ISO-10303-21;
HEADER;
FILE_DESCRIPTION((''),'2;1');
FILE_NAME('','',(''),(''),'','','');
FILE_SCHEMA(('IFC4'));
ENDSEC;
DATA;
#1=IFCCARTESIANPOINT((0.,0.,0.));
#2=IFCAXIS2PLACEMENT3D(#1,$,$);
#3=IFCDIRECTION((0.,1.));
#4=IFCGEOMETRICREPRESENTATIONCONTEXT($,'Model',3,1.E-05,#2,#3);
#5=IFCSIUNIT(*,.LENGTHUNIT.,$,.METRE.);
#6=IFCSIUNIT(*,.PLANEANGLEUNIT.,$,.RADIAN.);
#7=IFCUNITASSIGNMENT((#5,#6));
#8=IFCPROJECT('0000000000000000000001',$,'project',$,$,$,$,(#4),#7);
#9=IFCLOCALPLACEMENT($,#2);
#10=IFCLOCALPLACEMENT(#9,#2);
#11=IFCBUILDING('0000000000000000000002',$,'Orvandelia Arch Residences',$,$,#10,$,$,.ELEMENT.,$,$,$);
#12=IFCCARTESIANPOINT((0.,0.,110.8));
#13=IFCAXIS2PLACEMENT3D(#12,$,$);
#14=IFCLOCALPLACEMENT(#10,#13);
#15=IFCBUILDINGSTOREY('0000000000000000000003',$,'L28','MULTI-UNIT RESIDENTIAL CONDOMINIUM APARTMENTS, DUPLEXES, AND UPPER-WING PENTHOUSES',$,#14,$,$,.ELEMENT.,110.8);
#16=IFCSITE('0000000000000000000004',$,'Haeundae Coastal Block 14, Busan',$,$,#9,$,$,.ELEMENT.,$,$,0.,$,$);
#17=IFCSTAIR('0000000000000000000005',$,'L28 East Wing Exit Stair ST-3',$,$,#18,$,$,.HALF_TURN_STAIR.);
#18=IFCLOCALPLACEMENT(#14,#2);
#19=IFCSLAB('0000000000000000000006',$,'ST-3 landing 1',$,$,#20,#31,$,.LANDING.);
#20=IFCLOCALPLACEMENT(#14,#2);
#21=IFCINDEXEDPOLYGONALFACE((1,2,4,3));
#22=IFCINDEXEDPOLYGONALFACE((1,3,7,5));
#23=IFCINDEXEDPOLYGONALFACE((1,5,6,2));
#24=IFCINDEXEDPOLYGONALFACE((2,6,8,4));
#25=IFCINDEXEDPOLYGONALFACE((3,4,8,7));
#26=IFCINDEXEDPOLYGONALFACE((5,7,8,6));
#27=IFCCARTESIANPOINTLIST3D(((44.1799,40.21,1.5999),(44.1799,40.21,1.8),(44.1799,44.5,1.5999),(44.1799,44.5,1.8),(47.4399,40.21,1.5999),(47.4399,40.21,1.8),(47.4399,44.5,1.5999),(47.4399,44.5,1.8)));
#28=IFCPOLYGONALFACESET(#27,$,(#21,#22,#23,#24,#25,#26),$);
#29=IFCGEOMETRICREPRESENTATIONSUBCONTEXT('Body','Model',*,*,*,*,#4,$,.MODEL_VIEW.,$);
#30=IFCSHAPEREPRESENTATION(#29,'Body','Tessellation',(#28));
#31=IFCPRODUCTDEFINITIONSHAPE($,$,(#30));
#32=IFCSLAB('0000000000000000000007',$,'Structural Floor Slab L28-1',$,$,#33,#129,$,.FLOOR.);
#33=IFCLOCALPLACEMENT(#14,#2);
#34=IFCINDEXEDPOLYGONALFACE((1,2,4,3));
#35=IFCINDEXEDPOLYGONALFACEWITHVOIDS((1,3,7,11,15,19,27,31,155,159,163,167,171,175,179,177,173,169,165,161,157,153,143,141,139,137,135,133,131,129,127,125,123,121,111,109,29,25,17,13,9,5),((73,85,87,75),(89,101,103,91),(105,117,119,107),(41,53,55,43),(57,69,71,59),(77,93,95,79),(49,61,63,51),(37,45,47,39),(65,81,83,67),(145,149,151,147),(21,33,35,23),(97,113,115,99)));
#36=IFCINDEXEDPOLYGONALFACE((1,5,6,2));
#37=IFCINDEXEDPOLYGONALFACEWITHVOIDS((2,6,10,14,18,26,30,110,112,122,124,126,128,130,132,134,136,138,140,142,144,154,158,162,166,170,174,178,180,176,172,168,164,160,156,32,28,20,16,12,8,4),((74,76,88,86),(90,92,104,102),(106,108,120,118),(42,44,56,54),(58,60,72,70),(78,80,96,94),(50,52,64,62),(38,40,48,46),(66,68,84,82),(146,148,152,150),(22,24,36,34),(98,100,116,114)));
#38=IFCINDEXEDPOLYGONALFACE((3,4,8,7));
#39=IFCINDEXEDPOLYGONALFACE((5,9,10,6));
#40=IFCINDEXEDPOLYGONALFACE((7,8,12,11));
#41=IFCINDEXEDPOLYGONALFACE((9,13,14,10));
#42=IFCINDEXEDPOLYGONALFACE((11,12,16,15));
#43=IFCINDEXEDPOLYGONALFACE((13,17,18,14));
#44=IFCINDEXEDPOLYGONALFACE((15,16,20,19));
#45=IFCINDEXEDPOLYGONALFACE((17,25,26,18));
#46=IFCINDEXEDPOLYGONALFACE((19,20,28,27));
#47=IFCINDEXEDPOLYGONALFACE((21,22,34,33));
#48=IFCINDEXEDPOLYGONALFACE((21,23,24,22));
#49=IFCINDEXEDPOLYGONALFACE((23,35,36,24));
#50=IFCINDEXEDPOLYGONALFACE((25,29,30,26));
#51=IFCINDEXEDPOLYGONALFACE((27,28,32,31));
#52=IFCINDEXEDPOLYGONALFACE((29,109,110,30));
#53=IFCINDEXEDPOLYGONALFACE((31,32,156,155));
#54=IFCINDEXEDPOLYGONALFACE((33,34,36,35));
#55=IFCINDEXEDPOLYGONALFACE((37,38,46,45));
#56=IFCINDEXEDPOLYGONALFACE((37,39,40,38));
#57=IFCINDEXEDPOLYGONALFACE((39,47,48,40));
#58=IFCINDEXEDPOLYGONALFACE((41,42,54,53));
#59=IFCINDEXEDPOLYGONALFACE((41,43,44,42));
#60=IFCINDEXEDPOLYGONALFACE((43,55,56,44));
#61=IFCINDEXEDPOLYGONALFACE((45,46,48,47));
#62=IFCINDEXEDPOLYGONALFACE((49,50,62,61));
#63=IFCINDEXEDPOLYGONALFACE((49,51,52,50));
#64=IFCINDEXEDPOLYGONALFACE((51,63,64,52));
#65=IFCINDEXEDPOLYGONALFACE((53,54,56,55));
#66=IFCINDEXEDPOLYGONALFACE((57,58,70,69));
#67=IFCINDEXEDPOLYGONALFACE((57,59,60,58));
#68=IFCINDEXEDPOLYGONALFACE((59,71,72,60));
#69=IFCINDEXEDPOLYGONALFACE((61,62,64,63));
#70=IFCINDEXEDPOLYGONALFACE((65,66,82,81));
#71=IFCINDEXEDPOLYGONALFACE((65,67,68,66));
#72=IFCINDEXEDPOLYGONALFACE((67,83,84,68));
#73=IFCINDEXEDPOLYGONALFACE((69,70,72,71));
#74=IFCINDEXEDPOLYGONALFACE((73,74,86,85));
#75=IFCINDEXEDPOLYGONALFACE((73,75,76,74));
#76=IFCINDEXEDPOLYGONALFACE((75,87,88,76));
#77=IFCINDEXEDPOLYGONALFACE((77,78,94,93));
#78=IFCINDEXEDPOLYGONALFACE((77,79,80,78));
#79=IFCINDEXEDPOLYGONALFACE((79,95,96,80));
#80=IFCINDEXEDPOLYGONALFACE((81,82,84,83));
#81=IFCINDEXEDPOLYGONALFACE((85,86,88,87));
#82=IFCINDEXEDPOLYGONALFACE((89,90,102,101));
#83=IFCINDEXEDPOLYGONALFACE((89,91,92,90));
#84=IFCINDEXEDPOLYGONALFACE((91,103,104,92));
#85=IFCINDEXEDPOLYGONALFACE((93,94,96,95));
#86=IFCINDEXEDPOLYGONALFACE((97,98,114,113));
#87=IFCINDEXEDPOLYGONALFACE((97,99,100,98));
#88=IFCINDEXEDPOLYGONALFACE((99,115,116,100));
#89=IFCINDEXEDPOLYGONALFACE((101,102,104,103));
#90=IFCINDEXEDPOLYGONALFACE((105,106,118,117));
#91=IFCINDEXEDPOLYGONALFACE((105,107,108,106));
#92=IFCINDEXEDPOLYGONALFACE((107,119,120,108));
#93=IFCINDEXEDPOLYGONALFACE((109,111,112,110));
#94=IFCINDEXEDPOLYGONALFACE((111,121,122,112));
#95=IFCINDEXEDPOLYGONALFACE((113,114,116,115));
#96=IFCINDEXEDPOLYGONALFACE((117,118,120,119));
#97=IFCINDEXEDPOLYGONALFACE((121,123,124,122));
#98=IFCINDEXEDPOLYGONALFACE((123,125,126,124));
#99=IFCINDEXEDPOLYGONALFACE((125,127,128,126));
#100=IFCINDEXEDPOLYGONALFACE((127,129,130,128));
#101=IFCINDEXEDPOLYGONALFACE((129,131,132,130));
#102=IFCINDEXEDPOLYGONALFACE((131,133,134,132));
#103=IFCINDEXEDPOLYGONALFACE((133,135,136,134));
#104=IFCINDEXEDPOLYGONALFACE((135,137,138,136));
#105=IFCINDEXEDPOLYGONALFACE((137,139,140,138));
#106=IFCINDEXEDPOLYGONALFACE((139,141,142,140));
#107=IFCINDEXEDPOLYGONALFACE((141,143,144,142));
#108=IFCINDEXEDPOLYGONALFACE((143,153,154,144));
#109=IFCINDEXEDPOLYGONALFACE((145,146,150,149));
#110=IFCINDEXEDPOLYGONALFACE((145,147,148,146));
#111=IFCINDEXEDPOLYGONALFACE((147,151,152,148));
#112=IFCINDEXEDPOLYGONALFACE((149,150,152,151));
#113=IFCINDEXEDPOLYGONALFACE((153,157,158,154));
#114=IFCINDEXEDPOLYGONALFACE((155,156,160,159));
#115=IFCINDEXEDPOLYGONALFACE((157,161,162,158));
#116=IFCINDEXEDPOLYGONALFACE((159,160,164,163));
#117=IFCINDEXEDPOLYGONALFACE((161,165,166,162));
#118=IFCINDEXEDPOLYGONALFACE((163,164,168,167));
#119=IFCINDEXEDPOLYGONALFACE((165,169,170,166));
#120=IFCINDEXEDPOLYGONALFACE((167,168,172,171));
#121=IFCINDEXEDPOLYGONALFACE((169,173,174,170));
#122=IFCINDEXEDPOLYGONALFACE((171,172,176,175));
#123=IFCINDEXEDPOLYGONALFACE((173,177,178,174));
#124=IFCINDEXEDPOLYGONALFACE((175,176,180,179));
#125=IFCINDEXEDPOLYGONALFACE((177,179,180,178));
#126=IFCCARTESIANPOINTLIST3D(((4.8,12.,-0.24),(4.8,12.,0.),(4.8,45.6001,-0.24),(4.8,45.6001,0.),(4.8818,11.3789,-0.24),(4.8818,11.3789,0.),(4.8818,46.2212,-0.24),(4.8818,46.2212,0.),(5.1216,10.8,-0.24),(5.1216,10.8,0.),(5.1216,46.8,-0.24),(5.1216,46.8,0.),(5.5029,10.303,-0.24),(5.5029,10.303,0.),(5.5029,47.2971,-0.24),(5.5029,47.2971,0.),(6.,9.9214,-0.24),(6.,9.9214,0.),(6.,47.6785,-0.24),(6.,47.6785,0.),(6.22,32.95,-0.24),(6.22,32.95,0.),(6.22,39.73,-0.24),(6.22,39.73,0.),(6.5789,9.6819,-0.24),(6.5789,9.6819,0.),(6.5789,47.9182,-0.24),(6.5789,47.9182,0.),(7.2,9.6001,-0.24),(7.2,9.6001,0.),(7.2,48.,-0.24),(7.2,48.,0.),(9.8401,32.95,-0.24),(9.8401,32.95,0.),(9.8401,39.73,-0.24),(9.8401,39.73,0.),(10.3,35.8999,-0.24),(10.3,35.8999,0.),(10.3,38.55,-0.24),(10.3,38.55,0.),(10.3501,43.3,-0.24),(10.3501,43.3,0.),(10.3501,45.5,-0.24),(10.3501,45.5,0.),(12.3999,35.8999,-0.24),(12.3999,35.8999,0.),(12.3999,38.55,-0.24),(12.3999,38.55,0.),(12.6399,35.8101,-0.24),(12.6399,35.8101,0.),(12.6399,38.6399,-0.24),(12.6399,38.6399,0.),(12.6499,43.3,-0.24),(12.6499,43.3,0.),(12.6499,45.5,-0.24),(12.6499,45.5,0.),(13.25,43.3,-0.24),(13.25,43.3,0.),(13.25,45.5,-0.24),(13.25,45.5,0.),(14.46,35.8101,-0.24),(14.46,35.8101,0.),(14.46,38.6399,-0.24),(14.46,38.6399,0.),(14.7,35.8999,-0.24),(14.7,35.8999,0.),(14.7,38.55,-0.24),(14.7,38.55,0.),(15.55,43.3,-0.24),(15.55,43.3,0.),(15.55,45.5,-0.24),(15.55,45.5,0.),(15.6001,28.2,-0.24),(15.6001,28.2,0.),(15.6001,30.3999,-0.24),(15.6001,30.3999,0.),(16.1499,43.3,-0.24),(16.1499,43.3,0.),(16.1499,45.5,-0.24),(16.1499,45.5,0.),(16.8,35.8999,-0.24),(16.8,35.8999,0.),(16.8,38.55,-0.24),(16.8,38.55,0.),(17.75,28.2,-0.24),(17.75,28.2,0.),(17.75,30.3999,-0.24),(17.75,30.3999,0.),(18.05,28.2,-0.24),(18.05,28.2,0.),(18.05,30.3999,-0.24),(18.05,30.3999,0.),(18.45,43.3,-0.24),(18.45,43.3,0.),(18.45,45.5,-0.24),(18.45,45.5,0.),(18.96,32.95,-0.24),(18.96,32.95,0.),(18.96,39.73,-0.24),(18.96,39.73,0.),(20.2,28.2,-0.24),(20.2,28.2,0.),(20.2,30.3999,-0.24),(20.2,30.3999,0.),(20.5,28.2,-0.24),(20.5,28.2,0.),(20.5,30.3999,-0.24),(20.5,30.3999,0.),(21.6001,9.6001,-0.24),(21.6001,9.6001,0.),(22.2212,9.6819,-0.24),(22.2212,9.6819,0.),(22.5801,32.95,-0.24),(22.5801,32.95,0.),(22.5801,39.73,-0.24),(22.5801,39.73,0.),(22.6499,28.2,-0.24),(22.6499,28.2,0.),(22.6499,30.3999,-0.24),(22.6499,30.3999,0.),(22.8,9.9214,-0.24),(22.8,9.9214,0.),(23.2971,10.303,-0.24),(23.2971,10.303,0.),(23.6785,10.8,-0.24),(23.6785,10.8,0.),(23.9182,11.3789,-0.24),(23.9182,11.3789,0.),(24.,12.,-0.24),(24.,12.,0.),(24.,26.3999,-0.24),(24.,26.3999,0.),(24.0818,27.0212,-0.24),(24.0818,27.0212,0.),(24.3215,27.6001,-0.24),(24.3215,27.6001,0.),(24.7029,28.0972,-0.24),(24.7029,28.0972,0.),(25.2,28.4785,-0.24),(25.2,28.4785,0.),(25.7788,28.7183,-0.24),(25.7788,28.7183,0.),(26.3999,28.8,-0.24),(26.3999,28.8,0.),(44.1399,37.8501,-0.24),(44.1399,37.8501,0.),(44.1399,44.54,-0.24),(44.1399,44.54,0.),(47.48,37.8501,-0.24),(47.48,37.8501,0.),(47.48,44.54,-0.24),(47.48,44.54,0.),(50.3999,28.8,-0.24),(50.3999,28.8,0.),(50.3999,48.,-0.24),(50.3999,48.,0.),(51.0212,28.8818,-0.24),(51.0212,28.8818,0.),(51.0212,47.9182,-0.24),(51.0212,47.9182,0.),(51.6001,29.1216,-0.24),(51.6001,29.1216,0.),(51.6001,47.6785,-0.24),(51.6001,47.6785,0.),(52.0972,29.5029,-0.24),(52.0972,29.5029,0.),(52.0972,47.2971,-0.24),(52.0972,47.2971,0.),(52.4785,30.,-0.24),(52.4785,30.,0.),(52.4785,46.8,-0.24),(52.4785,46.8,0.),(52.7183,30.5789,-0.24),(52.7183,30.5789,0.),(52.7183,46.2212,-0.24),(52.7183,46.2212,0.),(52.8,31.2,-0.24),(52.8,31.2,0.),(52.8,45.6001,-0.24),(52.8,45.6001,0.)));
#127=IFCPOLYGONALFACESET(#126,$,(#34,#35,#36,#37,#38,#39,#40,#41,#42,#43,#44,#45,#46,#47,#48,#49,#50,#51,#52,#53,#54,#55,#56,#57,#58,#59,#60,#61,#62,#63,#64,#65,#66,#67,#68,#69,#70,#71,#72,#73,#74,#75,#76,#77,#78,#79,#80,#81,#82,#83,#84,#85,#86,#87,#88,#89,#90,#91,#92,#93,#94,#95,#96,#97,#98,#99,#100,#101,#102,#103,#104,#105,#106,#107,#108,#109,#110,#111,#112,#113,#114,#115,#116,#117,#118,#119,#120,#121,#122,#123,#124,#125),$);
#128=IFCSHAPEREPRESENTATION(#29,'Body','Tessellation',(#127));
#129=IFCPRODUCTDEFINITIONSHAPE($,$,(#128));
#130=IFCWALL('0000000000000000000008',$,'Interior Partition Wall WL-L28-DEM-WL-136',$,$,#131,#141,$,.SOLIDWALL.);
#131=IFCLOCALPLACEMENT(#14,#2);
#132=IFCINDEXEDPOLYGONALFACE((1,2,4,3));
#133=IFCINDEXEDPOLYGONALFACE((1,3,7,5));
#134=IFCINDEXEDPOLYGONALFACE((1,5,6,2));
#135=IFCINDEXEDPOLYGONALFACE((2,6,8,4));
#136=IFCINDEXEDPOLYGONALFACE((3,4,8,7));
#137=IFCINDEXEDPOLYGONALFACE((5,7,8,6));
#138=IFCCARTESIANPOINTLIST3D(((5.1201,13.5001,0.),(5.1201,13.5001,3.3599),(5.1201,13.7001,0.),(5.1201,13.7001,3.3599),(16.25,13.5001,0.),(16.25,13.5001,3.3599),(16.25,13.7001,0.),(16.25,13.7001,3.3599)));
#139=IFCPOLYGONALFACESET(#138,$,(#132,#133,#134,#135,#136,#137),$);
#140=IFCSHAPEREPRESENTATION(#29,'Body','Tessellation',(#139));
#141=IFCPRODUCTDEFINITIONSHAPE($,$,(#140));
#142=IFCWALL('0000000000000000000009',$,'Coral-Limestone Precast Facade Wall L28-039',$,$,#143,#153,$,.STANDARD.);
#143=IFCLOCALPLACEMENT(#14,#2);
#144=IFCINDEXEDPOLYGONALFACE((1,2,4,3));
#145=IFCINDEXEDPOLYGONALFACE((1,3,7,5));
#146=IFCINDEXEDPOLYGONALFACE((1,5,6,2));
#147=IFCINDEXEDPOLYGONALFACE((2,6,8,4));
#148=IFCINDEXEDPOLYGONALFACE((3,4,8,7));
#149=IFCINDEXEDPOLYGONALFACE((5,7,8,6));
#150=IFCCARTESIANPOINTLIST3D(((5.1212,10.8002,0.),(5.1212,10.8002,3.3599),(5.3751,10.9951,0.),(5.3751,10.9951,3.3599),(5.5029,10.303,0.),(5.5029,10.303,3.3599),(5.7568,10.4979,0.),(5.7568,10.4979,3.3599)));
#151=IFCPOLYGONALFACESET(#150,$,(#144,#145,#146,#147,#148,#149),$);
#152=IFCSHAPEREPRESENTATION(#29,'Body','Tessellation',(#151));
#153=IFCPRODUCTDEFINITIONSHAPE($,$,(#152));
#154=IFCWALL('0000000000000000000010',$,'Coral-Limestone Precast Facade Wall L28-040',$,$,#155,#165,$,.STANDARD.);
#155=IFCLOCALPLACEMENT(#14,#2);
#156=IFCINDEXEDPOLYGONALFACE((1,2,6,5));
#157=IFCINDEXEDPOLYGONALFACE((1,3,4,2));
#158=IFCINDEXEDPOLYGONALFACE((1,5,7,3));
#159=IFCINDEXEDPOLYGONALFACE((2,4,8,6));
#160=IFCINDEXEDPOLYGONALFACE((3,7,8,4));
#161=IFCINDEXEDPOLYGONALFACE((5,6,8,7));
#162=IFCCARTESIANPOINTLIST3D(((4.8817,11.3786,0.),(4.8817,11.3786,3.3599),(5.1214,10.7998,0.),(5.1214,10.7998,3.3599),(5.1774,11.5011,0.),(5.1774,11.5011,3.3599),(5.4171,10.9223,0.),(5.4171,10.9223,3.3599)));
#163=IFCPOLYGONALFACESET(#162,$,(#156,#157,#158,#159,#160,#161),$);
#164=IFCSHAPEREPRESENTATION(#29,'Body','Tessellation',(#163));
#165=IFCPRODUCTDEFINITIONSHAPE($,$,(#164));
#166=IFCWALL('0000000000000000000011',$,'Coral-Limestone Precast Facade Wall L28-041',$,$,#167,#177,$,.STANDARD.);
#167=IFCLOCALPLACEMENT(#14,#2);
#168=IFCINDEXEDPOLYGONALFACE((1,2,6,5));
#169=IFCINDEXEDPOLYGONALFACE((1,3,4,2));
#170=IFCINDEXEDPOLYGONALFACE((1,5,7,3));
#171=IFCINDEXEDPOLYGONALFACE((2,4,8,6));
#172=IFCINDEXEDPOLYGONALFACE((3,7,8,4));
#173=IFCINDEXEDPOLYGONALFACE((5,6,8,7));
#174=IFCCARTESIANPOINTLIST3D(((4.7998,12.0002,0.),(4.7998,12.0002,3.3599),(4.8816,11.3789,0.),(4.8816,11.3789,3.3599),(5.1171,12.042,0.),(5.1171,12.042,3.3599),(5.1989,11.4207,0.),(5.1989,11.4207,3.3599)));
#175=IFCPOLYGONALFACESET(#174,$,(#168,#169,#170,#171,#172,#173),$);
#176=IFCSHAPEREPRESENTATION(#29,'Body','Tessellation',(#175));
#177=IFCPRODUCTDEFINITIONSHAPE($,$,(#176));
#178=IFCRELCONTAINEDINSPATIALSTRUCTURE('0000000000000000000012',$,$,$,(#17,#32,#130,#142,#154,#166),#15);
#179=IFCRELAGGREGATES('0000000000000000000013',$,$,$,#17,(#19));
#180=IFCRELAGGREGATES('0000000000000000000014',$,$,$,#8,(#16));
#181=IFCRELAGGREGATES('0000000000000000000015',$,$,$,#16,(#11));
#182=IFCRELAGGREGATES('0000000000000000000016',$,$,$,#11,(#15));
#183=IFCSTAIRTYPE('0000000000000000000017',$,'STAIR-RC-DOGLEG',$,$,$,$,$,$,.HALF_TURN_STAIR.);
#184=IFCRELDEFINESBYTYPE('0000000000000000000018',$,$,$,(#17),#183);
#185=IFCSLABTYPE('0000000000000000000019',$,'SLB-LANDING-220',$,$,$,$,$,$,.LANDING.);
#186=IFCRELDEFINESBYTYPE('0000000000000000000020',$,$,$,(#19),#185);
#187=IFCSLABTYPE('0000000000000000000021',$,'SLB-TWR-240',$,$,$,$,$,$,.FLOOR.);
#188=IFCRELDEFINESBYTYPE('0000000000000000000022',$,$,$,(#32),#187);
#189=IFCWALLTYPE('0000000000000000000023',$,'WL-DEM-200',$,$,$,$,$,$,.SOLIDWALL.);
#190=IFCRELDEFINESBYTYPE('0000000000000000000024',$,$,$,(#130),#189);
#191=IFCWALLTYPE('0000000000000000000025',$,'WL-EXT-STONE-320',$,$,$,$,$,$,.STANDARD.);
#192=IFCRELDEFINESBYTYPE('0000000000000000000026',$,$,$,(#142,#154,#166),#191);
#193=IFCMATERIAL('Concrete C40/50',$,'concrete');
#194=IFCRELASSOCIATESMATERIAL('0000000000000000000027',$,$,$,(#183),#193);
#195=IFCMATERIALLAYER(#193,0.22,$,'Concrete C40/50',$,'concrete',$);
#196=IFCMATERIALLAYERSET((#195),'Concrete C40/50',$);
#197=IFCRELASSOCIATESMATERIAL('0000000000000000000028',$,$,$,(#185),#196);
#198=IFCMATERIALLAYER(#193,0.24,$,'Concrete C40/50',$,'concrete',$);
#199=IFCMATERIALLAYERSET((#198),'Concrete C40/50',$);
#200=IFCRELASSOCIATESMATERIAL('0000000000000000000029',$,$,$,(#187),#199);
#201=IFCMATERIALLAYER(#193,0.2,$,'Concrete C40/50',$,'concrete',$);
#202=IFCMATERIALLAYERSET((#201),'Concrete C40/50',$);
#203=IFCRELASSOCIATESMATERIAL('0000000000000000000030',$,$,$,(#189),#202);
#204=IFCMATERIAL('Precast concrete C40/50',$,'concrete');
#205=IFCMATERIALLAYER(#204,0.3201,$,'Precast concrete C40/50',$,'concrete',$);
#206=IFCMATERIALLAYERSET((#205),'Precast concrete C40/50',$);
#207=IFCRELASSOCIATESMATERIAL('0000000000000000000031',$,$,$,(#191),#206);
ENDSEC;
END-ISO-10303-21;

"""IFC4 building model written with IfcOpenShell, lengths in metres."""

from ifc_helpers import new_model, si_unit, direction, frame, frame_2d, origin, place, context, subcontext, project, spatial, polyline, rectangle, outline, extrude, material, layer, layer_set, type_object, element, aggregate, save


model = new_model("IFC4")

# Units and contexts
model_context = context("Model", 3, precision=1e-05, world=origin(), true_north=direction((0.0, 1.0)))
body_context = subcontext(model_context, "Body", "Model", "MODEL_VIEW")
ifc_project = project(units=[si_unit("LENGTHUNIT", "METRE"), si_unit("PLANEANGLEUNIT", "RADIAN")], contexts=[model_context])

# Site, building, storey
site_placement = place(None, origin())
site = spatial("IfcSite", under=ifc_project, at=site_placement, Name="Haeundae Coastal Block 14, Busan", CompositionType="ELEMENT", RefElevation=0.0)
building_placement = place(site_placement, origin())
building = spatial("IfcBuilding", under=site, at=building_placement, Name="Orvandelia Arch Residences", CompositionType="ELEMENT")
storey_placement = place(building_placement, frame((0.0, 0.0, 110.8)))
storey = spatial("IfcBuildingStorey", under=building, at=storey_placement, Name="L28", Description="MULTI-UNIT RESIDENTIAL CONDOMINIUM APARTMENTS, DUPLEXES, AND UPPER-WING PENTHOUSES", CompositionType="ELEMENT", Elevation=110.8)

# Shared definitions
ifc_material_1 = material(Name="Precast concrete C40/50", Category="concrete")

# Stair, slab
ifc_material_2 = material(Name="Concrete C40/50", Category="concrete")
stair_type = type_object("IfcStairType", Name="STAIR-RC-DOGLEG", PredefinedType="HALF_TURN_STAIR", material=ifc_material_2)
ifc_layer_1 = layer(ifc_material_2, 0.22, Name="Concrete C40/50", Category="concrete")
ifc_layer_set_1 = layer_set([ifc_layer_1], Name="Concrete C40/50")
slab_type_1 = type_object("IfcSlabType", Name="SLB-LANDING-220", PredefinedType="LANDING", material=ifc_layer_set_1)
stair_1_placement = place(storey_placement, origin())
stair_1 = element("IfcStair", 1, at=stair_1_placement, inside=storey, type_object=stair_type, Name="L28 East Wing Exit Stair ST-3", PredefinedType="HALF_TURN_STAIR")
slab_1_placement = place(storey_placement, frame((0.0, 0.0, 1.5999)))
slab_1 = element("IfcSlab", 2, at=slab_1_placement, type_object=slab_type_1, Name="ST-3 landing 1", PredefinedType="LANDING", context=body_context, shape_type="SweptSolid", body=[
    extrude(outline(polyline([(47.4399, 40.21), (47.4399, 44.5), (44.1799, 44.5), (44.1799, 40.21), (47.4399, 40.21)])), origin(), (0.0, 0.0, 1.0), 0.2002),
])
aggregate(stair_1, [slab_1])

# Slab
ifc_layer_2 = layer(ifc_material_2, 0.24, Name="Concrete C40/50", Category="concrete")
ifc_layer_set_2 = layer_set([ifc_layer_2], Name="Concrete C40/50")
slab_type_2 = type_object("IfcSlabType", Name="SLB-TWR-240", PredefinedType="FLOOR", material=ifc_layer_set_2)
slab_2_placement = place(storey_placement, frame((0.0, 0.0, -0.24)))
element("IfcSlab", 3, at=slab_2_placement, inside=storey, type_object=slab_type_2, Name="Structural Floor Slab L28-1", PredefinedType="FLOOR", context=body_context, shape_type="SweptSolid", body=[
    extrude(outline(polyline([(4.8, 12.0), (4.8818, 11.3789), (5.1216, 10.8), (5.5029, 10.303), (6.0, 9.9214), (6.5789, 9.6819), (7.2, 9.6001), (21.6001, 9.6001), (22.2212, 9.6819), (22.8, 9.9214), (23.2971, 10.303), (23.6785, 10.8), (23.9182, 11.3789), (24.0, 12.0), (24.0, 26.3999), (24.0818, 27.0212), (24.3215, 27.6001), (24.7029, 28.0972), (25.2, 28.4785), (25.7788, 28.7183), (26.3999, 28.8), (50.3999, 28.8), (51.0212, 28.8818), (51.6001, 29.1216), (52.0972, 29.5029), (52.4785, 30.0), (52.7183, 30.5789), (52.8, 31.2), (52.8, 45.6001), (52.7183, 46.2212), (52.4785, 46.8), (52.0972, 47.2971), (51.6001, 47.6785), (51.0212, 47.9182), (50.3999, 48.0), (7.2, 48.0), (6.5789, 47.9182), (6.0, 47.6785), (5.5029, 47.2971), (5.1216, 46.8), (4.8818, 46.2212), (4.8, 45.6001), (4.8, 12.0)]), holes=[polyline([(6.22, 32.95), (9.8401, 32.95), (9.8401, 39.73), (6.22, 39.73), (6.22, 32.95)]), polyline([(18.96, 32.95), (22.5801, 32.95), (22.5801, 39.73), (18.96, 39.73), (18.96, 32.95)]), polyline([(44.1399, 37.8501), (47.48, 37.8501), (47.48, 44.54), (44.1399, 44.54), (44.1399, 37.8501)]), polyline([(12.6399, 35.8101), (14.46, 35.8101), (14.46, 38.6399), (12.6399, 38.6399), (12.6399, 35.8101)]), polyline([(10.3, 35.8999), (12.3999, 35.8999), (12.3999, 38.55), (10.3, 38.55), (10.3, 35.8999)]), polyline([(14.7, 35.8999), (16.8, 35.8999), (16.8, 38.55), (14.7, 38.55), (14.7, 35.8999)]), polyline([(10.3501, 43.3), (12.6499, 43.3), (12.6499, 45.5), (10.3501, 45.5), (10.3501, 43.3)]), polyline([(13.25, 43.3), (15.55, 43.3), (15.55, 45.5), (13.25, 45.5), (13.25, 43.3)]), polyline([(16.1499, 43.3), (18.45, 43.3), (18.45, 45.5), (16.1499, 45.5), (16.1499, 43.3)]), polyline([(15.6001, 28.2), (17.75, 28.2), (17.75, 30.3999), (15.6001, 30.3999), (15.6001, 28.2)]), polyline([(18.05, 28.2), (20.2, 28.2), (20.2, 30.3999), (18.05, 30.3999), (18.05, 28.2)]), polyline([(20.5, 28.2), (22.6499, 28.2), (22.6499, 30.3999), (20.5, 30.3999), (20.5, 28.2)])]), origin(), (0.0, 0.0, 1.0), 0.24),
])

# Walls
ifc_layer_3 = layer(ifc_material_2, 0.2, Name="Concrete C40/50", Category="concrete")
ifc_layer_set_3 = layer_set([ifc_layer_3], Name="Concrete C40/50")
wall_type_1 = type_object("IfcWallType", Name="WL-DEM-200", PredefinedType="SOLIDWALL", material=ifc_layer_set_3)
wall_1_placement = place(storey_placement, frame((5.1201, 13.6001, 0.0), z_axis=(0.0, 0.0, 1.0), x_axis=(1.0, 0.0, 0.0)))
element("IfcWall", 4, at=wall_1_placement, inside=storey, type_object=wall_type_1, Name="Interior Partition Wall WL-L28-DEM-WL-136", PredefinedType="SOLIDWALL", context=body_context, shape_type="SweptSolid", body=[
    extrude(rectangle(XDim=11.1299, YDim=0.2, at=frame_2d((5.5649, 0.0))), origin(), (0.0, 0.0, 1.0), 3.3599),
])
ifc_layer_4 = layer(ifc_material_1, 0.3201, Name="Precast concrete C40/50", Category="concrete")
ifc_layer_set_4 = layer_set([ifc_layer_4], Name="Precast concrete C40/50")
wall_type_2 = type_object("IfcWallType", Name="WL-EXT-STONE-320", PredefinedType="STANDARD", material=ifc_layer_set_4)
wall_2_placement = place(storey_placement, frame((5.6299, 10.4004, 0.0), z_axis=(0.0, 0.0, 1.0), x_axis=(-0.608939, 0.793217, 0.0)))
element("IfcWall", 5, at=wall_2_placement, inside=storey, type_object=wall_type_2, Name="Coral-Limestone Precast Facade Wall L28-039", PredefinedType="STANDARD", context=body_context, shape_type="SweptSolid", body=[
    extrude(rectangle(XDim=0.6267, YDim=0.3201, at=frame_2d((0.3135, 0.0))), origin(), (0.0, 0.0, 1.0), 3.3599),
])
wall_3_placement = place(storey_placement, frame((5.2693, 10.8611, 0.0), z_axis=(0.0, 0.0, 1.0), x_axis=(-0.38265, 0.923893, 0.0)))
element("IfcWall", 6, at=wall_3_placement, inside=storey, type_object=wall_type_2, Name="Coral-Limestone Precast Facade Wall L28-040", PredefinedType="STANDARD", context=body_context, shape_type="SweptSolid", body=[
    extrude(rectangle(XDim=0.6265, YDim=0.3201, at=frame_2d((0.3132, 0.0))), origin(), (0.0, 0.0, 1.0), 3.3599),
])
wall_4_placement = place(storey_placement, frame((5.0403, 11.3997, 0.0), z_axis=(0.0, 0.0, 1.0), x_axis=(-0.130505, 0.991448, 0.0)))
element("IfcWall", 7, at=wall_4_placement, inside=storey, type_object=wall_type_2, Name="Coral-Limestone Precast Facade Wall L28-041", PredefinedType="STANDARD", context=body_context, shape_type="SweptSolid", body=[
    extrude(rectangle(XDim=0.6267, YDim=0.3201, at=frame_2d((0.3135, 0.0))), origin(), (0.0, 0.0, 1.0), 3.3599),
])

save(model, "model.ifc")
